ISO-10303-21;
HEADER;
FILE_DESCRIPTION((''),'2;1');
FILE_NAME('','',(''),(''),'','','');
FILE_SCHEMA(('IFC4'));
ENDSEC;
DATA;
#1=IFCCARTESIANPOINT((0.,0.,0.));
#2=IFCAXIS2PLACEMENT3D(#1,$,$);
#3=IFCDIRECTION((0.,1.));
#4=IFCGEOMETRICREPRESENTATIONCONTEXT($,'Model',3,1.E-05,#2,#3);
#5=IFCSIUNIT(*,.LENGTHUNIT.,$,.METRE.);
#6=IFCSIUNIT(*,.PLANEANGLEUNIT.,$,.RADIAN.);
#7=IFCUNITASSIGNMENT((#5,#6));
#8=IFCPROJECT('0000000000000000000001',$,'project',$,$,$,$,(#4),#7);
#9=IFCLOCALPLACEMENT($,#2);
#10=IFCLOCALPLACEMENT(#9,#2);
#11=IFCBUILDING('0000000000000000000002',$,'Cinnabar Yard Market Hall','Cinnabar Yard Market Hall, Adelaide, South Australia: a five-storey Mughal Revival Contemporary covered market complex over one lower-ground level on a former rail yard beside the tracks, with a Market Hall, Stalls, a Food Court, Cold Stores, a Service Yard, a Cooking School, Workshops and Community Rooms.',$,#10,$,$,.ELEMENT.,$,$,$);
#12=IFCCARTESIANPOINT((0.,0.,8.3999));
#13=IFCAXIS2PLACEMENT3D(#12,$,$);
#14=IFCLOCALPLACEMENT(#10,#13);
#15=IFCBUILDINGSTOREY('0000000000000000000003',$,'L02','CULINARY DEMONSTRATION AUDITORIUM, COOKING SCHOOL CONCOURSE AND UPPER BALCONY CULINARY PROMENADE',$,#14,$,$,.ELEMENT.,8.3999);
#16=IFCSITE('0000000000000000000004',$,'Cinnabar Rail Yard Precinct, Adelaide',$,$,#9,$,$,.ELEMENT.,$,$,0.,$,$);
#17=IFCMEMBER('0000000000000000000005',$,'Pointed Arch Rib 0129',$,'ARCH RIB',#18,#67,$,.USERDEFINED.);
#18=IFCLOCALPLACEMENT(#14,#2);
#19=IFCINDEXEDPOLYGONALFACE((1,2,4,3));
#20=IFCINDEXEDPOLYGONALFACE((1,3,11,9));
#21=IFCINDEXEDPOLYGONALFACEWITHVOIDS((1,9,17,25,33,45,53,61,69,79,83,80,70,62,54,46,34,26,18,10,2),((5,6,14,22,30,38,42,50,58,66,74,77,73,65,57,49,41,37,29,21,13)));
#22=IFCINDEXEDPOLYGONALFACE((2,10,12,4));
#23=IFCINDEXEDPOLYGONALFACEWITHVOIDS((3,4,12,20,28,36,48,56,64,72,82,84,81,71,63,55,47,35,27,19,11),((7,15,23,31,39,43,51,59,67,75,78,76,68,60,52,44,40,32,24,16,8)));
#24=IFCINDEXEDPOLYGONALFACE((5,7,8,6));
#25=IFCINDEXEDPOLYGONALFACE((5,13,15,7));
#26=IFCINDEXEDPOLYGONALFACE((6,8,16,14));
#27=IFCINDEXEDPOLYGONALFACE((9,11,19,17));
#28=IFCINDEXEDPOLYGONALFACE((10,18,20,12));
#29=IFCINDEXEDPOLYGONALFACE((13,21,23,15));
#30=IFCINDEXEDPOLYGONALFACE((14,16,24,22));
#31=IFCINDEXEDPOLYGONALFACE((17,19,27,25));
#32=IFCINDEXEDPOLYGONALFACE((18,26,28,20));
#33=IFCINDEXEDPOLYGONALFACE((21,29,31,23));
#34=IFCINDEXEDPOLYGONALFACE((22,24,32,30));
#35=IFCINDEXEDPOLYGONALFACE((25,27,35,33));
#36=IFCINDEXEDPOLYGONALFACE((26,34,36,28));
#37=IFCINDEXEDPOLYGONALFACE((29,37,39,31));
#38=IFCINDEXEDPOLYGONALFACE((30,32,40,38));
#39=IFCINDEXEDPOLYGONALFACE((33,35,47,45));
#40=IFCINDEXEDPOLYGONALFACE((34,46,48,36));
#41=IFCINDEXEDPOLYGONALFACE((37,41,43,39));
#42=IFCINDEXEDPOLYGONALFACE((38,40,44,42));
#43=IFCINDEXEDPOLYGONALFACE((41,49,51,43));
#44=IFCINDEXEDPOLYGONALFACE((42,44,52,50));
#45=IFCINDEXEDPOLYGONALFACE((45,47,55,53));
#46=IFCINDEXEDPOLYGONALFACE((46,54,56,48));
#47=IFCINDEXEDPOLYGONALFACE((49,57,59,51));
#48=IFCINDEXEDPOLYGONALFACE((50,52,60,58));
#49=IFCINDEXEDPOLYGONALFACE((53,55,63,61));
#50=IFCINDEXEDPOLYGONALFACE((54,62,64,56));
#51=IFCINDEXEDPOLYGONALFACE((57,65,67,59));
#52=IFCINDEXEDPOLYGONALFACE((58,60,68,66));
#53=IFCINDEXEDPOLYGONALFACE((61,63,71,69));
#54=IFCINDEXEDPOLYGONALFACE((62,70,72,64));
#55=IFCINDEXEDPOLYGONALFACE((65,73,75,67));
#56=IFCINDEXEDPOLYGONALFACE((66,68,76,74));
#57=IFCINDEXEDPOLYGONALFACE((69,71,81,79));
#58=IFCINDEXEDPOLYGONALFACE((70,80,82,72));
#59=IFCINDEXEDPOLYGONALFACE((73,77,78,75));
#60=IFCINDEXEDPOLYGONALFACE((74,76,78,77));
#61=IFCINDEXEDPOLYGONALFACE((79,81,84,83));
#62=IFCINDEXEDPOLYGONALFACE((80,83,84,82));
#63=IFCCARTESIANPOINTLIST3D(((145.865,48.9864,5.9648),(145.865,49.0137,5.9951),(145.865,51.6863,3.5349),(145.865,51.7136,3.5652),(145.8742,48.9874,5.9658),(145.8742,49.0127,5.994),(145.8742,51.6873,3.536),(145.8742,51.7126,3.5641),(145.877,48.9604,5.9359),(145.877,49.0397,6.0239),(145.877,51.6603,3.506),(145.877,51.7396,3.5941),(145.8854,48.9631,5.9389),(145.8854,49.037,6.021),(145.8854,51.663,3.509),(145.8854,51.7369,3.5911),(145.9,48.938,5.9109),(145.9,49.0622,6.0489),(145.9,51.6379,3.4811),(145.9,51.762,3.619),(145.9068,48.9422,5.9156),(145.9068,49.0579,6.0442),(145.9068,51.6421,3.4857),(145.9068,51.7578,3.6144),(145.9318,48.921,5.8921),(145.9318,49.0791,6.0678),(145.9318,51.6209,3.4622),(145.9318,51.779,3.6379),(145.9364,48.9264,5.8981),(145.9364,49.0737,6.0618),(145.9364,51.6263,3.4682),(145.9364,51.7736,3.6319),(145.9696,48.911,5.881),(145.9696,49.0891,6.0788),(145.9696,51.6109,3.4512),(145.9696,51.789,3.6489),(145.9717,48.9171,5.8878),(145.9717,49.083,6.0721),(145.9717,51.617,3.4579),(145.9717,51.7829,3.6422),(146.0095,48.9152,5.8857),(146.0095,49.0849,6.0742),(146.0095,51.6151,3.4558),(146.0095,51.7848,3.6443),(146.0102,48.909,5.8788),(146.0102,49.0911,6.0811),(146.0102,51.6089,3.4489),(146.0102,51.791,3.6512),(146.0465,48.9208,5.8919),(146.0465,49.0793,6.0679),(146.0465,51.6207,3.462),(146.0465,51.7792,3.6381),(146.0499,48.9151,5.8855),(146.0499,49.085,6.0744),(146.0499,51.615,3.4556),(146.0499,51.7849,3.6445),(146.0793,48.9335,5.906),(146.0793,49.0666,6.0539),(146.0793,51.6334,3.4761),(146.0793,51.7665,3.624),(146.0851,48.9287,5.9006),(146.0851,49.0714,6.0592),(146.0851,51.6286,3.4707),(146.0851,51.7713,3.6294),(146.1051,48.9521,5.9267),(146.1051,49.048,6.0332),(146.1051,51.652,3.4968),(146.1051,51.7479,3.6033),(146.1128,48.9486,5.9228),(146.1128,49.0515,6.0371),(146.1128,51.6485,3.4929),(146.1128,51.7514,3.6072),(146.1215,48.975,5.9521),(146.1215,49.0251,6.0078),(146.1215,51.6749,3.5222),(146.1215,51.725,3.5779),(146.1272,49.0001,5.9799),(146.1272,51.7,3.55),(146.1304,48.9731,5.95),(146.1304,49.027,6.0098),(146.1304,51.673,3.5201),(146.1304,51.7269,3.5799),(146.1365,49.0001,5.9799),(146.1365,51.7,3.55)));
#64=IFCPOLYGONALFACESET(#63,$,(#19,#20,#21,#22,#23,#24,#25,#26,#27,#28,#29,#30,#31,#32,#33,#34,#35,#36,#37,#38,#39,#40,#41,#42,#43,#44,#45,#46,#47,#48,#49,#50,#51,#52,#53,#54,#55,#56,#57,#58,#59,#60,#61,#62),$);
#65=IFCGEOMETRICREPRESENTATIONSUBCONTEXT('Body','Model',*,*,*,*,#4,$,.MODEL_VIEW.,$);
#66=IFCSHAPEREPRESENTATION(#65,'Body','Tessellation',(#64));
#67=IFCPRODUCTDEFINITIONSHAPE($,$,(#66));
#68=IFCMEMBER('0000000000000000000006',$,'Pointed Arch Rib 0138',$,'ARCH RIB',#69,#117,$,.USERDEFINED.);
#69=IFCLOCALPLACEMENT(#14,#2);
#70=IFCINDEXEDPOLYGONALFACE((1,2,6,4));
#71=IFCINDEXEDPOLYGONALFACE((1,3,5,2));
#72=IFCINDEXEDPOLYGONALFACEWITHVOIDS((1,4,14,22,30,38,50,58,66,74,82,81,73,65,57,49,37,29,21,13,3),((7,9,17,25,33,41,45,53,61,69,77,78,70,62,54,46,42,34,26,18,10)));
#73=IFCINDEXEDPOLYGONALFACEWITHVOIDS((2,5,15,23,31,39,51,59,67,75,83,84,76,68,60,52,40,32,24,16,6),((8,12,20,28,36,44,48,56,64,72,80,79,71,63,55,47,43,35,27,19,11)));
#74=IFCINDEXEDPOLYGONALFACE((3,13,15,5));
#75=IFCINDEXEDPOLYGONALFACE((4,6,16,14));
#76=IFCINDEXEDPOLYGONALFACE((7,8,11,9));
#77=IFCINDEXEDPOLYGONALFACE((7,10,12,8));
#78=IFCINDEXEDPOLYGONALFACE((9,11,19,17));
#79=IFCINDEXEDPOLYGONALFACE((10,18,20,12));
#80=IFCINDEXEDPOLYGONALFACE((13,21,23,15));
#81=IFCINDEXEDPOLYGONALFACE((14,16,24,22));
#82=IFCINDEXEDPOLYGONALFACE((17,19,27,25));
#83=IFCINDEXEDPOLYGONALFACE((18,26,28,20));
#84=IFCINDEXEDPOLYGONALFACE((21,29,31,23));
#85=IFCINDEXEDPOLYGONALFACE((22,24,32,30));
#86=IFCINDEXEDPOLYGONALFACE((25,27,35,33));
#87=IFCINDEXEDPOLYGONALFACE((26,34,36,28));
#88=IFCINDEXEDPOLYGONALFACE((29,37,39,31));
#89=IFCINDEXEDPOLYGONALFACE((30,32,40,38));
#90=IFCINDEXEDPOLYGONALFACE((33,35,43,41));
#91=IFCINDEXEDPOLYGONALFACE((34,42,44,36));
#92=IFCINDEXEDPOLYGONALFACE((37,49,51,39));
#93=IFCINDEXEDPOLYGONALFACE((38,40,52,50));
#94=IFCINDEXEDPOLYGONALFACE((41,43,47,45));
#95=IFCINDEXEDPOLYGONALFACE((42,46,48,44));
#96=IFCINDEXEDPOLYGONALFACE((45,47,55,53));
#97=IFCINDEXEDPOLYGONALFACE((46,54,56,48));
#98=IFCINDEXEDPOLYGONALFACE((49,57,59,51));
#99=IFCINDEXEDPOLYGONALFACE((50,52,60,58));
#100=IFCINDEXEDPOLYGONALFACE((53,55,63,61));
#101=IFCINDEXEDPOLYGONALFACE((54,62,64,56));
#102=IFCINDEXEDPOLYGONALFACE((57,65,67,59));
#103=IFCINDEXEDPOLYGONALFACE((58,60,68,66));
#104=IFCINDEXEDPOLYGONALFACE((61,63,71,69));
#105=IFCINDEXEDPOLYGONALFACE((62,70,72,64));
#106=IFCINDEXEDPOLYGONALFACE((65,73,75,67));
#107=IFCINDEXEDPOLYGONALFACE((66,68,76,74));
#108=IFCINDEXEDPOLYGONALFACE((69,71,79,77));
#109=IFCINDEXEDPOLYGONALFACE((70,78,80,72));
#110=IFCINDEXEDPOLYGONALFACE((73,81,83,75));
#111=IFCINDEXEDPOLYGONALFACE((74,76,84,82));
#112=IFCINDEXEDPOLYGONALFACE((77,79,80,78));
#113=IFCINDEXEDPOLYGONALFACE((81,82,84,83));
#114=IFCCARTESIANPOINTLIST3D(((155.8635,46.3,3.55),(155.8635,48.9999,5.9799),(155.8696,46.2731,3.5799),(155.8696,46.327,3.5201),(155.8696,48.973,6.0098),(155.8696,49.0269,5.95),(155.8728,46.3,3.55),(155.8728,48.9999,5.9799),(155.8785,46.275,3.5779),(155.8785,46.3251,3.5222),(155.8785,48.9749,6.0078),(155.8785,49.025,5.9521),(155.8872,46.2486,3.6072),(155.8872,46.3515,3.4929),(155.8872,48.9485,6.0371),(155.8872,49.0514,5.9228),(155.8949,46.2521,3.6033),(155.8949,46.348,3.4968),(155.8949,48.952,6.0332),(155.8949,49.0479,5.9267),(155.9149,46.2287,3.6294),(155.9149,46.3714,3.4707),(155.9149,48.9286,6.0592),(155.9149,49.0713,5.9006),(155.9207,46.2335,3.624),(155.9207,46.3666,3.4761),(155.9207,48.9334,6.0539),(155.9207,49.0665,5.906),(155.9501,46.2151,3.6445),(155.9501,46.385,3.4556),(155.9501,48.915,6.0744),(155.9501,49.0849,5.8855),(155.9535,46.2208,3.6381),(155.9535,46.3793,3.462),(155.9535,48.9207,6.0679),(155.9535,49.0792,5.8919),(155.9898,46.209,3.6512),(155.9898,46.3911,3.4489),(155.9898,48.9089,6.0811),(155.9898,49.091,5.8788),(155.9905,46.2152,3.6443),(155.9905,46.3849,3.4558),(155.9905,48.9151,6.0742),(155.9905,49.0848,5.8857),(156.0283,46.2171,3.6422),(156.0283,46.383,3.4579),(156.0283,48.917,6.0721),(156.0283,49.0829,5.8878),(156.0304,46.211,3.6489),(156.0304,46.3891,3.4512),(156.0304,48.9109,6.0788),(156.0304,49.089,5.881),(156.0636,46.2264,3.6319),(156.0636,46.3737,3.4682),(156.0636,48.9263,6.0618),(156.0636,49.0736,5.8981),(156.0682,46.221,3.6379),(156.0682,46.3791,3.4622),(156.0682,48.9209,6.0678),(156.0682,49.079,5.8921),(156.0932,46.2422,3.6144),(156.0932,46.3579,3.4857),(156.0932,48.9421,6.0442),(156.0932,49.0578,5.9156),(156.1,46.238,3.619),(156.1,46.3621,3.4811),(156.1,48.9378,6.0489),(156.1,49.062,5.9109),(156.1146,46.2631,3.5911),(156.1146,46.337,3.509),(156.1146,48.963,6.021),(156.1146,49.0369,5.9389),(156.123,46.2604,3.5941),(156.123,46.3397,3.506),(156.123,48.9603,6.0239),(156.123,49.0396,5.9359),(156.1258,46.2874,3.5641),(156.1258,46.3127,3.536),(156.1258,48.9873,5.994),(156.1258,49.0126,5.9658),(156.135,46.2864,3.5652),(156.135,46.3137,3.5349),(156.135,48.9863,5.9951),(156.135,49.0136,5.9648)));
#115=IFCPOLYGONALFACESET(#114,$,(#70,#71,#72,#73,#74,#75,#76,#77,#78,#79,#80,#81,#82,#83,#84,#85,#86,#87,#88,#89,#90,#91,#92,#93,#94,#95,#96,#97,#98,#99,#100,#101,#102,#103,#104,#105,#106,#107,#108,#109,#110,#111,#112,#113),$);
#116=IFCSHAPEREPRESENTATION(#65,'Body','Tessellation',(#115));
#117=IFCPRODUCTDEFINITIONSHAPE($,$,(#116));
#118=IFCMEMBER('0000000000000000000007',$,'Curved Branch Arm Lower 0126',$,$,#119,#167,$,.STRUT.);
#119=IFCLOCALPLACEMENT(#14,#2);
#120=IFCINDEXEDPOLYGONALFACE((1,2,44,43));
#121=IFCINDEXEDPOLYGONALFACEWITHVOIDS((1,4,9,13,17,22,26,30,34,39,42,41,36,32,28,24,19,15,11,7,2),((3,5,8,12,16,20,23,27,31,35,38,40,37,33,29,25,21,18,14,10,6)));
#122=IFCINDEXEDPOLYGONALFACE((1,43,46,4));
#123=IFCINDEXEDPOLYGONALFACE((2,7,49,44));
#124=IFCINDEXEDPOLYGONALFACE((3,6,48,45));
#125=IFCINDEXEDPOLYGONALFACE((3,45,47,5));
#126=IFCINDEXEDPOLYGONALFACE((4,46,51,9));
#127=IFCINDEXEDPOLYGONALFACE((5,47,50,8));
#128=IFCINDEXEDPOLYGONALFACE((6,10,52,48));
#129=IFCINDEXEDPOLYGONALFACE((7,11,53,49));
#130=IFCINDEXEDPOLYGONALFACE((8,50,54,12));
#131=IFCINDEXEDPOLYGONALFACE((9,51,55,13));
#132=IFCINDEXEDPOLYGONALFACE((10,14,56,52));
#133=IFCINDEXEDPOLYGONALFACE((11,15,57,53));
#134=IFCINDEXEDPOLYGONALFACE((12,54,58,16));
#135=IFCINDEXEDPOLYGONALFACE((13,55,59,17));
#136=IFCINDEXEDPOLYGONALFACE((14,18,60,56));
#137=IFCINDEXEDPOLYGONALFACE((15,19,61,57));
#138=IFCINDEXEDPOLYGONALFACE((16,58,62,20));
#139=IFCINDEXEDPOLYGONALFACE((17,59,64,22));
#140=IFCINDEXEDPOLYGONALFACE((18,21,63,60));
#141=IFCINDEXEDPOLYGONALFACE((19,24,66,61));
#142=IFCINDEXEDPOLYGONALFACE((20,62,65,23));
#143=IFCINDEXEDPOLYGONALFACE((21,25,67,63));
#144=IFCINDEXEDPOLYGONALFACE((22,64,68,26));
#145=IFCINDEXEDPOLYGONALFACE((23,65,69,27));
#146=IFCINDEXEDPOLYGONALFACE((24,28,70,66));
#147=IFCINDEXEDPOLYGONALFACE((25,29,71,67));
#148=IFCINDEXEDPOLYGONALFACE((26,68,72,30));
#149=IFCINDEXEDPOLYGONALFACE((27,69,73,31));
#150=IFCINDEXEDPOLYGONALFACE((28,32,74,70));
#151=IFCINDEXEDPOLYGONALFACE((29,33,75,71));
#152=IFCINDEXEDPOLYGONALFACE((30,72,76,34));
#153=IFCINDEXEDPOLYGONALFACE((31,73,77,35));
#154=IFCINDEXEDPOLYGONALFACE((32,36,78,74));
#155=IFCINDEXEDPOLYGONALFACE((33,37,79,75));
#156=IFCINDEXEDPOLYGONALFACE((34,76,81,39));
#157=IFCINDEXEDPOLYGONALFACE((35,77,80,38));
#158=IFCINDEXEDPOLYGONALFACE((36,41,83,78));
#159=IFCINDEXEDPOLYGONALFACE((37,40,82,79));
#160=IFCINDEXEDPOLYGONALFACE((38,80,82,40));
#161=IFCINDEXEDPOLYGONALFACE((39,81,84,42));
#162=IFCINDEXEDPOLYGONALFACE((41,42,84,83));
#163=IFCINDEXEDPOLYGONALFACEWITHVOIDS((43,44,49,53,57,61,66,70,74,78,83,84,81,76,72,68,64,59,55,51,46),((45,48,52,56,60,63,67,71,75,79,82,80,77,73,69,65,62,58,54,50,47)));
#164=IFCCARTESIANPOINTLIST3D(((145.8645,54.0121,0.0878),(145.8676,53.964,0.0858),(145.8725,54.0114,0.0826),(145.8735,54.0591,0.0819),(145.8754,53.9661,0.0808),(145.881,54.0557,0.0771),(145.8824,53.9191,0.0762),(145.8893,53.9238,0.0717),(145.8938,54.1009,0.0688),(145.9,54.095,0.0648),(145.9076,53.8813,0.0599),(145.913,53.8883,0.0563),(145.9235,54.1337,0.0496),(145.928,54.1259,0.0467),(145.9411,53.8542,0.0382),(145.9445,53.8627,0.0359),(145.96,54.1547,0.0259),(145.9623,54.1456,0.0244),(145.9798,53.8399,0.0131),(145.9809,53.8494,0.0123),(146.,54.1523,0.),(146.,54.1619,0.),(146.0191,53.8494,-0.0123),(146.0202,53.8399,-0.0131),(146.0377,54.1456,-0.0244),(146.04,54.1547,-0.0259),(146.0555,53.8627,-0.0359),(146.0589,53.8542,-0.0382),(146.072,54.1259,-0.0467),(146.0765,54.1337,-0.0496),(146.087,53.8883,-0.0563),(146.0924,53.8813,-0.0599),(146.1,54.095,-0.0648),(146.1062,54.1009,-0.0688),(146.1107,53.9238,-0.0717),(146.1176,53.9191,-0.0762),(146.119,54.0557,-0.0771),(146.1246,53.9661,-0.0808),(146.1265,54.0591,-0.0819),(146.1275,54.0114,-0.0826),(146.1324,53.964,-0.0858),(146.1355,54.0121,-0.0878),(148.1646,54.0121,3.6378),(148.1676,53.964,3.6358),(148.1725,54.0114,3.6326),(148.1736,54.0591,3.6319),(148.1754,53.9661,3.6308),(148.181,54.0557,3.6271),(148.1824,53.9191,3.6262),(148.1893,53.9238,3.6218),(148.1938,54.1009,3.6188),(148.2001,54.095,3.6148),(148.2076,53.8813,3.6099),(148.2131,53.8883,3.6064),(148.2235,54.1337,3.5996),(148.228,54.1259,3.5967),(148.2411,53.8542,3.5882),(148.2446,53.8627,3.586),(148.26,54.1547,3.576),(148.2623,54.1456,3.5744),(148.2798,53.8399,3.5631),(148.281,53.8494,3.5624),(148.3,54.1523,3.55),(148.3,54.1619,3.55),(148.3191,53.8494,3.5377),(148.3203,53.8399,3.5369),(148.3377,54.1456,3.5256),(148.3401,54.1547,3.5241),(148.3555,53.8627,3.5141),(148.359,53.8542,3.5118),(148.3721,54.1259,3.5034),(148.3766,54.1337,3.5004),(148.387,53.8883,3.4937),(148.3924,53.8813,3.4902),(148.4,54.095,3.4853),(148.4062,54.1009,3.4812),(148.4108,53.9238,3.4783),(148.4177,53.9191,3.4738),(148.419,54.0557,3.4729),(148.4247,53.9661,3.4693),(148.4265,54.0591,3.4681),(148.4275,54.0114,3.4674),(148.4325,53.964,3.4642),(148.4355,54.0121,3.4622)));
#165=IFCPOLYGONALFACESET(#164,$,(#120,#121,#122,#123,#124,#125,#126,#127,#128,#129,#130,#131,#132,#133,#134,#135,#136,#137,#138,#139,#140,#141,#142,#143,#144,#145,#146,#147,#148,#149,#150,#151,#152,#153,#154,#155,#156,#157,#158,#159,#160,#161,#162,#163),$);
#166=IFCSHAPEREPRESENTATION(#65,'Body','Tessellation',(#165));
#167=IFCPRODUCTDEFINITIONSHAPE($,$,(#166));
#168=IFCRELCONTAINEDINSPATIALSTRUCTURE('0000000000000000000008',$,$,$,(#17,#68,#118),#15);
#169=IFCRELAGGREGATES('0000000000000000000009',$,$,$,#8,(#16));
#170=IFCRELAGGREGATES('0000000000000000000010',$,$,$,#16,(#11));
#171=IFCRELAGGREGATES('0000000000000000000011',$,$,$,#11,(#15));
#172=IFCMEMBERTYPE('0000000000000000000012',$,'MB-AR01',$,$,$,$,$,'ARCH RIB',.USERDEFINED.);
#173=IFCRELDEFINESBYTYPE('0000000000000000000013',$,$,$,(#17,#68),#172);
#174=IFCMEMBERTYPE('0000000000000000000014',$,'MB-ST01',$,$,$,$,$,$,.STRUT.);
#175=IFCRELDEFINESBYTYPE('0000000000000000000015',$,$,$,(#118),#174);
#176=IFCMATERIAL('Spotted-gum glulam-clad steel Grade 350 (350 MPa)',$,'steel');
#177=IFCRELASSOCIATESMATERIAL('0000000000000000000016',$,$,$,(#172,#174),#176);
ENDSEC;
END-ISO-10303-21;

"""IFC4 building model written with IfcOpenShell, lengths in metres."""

from ifc_helpers import new_model, si_unit, direction, frame, origin, origin_2d_with_axis, place, context, subcontext, project, spatial, hollow_circle, extrude, material, material_profile, profile_set, type_object, element, save


model = new_model("IFC4")

# Units and contexts
model_context = context("Model", 3, precision=1e-05, world=origin(), true_north=direction((0.0, 1.0)))
body_context = subcontext(model_context, "Body", "Model", "MODEL_VIEW")
ifc_project = project(units=[si_unit("LENGTHUNIT", "METRE"), si_unit("PLANEANGLEUNIT", "RADIAN")], contexts=[model_context])

# Site, building, storey
site_placement = place(None, origin())
site = spatial("IfcSite", under=ifc_project, at=site_placement, Name="Cinnabar Rail Yard Precinct, Adelaide", CompositionType="ELEMENT", RefElevation=0.0)
building_placement = place(site_placement, origin())
building = spatial("IfcBuilding", under=site, at=building_placement, Name="Cinnabar Yard Market Hall", Description="Cinnabar Yard Market Hall, Adelaide, South Australia: a five-storey Mughal Revival Contemporary covered market complex over one lower-ground level on a former rail yard beside the tracks, with a Market Hall, Stalls, a Food Court, Cold Stores, a Service Yard, a Cooking School, Workshops and Community Rooms.", CompositionType="ELEMENT")
storey_placement = place(building_placement, frame((0.0, 0.0, 8.3999)))
storey = spatial("IfcBuildingStorey", under=building, at=storey_placement, Name="L02", Description="CULINARY DEMONSTRATION AUDITORIUM, COOKING SCHOOL CONCOURSE AND UPPER BALCONY CULINARY PROMENADE", CompositionType="ELEMENT", Elevation=8.3999)

# Shared definitions
ifc_material_1 = material(Name="Spotted-gum glulam-clad steel Grade 350 (350 MPa)", Category="steel")

# Members
ifc_material_profile_1 = material_profile(ifc_material_1, hollow_circle(Radius=0.1365, WallThickness=0.0093, at=origin_2d_with_axis()), Name="273.1x9.3CHS")
ifc_profile_set_1 = profile_set([ifc_material_profile_1], Name="Spotted-gum glulam-clad steel Grade 350 (350 MPa)")
member_type_1 = type_object("IfcMemberType", Name="MB-AR01", ElementType="ARCH RIB", PredefinedType="USERDEFINED", material=ifc_profile_set_1)
for number, where, z_axis, x_axis, name in (
    (1, (146.0, 51.7, 3.55), (0.0, -0.743297, 0.668961), (1.0, 0.0, 0.0), "Pointed Arch Rib 0129"),
    (2, (156.0, 46.3, 3.55), (0.0, 0.743297, 0.668961), (-1.0, 0.0, 0.0), "Pointed Arch Rib 0138"),
):
    element("IfcMember", number, at=place(storey_placement, frame(where, z_axis=z_axis, x_axis=x_axis)), inside=storey, type_object=member_type_1, Name=name, ObjectType="ARCH RIB", PredefinedType="USERDEFINED", context=body_context, shape_type="SweptSolid", body=[
        extrude(hollow_circle(Radius=0.1365, WallThickness=0.0093, at=origin_2d_with_axis()), origin(), (0.0, 0.0, 1.0), 3.6323),
    ])
ifc_material_profile_2 = material_profile(ifc_material_1, hollow_circle(Radius=0.1619, WallThickness=0.0095, at=origin_2d_with_axis()), Name="323.9x9.5CHS")
ifc_profile_set_2 = profile_set([ifc_material_profile_2], Name="Spotted-gum glulam-clad steel Grade 350 (350 MPa)")
member_type_2 = type_object("IfcMemberType", Name="MB-ST01", PredefinedType="STRUT", material=ifc_profile_set_2)
for number, where, z_axis, x_axis, name in (
    (3, (146.0, 54.0, 0.0), (0.543744, 0.0, 0.839251), (0.0, 1.0, 0.0), "Curved Branch Arm Lower 0126"),
):
    element("IfcMember", number, at=place(storey_placement, frame(where, z_axis=z_axis, x_axis=x_axis)), inside=storey, type_object=member_type_2, Name=name, PredefinedType="STRUT", context=body_context, shape_type="SweptSolid", body=[
        extrude(hollow_circle(Radius=0.1619, WallThickness=0.0095, at=origin_2d_with_axis()), origin(), (0.0, 0.0, 1.0), 4.23),
    ])

save(model, "model.ifc")
